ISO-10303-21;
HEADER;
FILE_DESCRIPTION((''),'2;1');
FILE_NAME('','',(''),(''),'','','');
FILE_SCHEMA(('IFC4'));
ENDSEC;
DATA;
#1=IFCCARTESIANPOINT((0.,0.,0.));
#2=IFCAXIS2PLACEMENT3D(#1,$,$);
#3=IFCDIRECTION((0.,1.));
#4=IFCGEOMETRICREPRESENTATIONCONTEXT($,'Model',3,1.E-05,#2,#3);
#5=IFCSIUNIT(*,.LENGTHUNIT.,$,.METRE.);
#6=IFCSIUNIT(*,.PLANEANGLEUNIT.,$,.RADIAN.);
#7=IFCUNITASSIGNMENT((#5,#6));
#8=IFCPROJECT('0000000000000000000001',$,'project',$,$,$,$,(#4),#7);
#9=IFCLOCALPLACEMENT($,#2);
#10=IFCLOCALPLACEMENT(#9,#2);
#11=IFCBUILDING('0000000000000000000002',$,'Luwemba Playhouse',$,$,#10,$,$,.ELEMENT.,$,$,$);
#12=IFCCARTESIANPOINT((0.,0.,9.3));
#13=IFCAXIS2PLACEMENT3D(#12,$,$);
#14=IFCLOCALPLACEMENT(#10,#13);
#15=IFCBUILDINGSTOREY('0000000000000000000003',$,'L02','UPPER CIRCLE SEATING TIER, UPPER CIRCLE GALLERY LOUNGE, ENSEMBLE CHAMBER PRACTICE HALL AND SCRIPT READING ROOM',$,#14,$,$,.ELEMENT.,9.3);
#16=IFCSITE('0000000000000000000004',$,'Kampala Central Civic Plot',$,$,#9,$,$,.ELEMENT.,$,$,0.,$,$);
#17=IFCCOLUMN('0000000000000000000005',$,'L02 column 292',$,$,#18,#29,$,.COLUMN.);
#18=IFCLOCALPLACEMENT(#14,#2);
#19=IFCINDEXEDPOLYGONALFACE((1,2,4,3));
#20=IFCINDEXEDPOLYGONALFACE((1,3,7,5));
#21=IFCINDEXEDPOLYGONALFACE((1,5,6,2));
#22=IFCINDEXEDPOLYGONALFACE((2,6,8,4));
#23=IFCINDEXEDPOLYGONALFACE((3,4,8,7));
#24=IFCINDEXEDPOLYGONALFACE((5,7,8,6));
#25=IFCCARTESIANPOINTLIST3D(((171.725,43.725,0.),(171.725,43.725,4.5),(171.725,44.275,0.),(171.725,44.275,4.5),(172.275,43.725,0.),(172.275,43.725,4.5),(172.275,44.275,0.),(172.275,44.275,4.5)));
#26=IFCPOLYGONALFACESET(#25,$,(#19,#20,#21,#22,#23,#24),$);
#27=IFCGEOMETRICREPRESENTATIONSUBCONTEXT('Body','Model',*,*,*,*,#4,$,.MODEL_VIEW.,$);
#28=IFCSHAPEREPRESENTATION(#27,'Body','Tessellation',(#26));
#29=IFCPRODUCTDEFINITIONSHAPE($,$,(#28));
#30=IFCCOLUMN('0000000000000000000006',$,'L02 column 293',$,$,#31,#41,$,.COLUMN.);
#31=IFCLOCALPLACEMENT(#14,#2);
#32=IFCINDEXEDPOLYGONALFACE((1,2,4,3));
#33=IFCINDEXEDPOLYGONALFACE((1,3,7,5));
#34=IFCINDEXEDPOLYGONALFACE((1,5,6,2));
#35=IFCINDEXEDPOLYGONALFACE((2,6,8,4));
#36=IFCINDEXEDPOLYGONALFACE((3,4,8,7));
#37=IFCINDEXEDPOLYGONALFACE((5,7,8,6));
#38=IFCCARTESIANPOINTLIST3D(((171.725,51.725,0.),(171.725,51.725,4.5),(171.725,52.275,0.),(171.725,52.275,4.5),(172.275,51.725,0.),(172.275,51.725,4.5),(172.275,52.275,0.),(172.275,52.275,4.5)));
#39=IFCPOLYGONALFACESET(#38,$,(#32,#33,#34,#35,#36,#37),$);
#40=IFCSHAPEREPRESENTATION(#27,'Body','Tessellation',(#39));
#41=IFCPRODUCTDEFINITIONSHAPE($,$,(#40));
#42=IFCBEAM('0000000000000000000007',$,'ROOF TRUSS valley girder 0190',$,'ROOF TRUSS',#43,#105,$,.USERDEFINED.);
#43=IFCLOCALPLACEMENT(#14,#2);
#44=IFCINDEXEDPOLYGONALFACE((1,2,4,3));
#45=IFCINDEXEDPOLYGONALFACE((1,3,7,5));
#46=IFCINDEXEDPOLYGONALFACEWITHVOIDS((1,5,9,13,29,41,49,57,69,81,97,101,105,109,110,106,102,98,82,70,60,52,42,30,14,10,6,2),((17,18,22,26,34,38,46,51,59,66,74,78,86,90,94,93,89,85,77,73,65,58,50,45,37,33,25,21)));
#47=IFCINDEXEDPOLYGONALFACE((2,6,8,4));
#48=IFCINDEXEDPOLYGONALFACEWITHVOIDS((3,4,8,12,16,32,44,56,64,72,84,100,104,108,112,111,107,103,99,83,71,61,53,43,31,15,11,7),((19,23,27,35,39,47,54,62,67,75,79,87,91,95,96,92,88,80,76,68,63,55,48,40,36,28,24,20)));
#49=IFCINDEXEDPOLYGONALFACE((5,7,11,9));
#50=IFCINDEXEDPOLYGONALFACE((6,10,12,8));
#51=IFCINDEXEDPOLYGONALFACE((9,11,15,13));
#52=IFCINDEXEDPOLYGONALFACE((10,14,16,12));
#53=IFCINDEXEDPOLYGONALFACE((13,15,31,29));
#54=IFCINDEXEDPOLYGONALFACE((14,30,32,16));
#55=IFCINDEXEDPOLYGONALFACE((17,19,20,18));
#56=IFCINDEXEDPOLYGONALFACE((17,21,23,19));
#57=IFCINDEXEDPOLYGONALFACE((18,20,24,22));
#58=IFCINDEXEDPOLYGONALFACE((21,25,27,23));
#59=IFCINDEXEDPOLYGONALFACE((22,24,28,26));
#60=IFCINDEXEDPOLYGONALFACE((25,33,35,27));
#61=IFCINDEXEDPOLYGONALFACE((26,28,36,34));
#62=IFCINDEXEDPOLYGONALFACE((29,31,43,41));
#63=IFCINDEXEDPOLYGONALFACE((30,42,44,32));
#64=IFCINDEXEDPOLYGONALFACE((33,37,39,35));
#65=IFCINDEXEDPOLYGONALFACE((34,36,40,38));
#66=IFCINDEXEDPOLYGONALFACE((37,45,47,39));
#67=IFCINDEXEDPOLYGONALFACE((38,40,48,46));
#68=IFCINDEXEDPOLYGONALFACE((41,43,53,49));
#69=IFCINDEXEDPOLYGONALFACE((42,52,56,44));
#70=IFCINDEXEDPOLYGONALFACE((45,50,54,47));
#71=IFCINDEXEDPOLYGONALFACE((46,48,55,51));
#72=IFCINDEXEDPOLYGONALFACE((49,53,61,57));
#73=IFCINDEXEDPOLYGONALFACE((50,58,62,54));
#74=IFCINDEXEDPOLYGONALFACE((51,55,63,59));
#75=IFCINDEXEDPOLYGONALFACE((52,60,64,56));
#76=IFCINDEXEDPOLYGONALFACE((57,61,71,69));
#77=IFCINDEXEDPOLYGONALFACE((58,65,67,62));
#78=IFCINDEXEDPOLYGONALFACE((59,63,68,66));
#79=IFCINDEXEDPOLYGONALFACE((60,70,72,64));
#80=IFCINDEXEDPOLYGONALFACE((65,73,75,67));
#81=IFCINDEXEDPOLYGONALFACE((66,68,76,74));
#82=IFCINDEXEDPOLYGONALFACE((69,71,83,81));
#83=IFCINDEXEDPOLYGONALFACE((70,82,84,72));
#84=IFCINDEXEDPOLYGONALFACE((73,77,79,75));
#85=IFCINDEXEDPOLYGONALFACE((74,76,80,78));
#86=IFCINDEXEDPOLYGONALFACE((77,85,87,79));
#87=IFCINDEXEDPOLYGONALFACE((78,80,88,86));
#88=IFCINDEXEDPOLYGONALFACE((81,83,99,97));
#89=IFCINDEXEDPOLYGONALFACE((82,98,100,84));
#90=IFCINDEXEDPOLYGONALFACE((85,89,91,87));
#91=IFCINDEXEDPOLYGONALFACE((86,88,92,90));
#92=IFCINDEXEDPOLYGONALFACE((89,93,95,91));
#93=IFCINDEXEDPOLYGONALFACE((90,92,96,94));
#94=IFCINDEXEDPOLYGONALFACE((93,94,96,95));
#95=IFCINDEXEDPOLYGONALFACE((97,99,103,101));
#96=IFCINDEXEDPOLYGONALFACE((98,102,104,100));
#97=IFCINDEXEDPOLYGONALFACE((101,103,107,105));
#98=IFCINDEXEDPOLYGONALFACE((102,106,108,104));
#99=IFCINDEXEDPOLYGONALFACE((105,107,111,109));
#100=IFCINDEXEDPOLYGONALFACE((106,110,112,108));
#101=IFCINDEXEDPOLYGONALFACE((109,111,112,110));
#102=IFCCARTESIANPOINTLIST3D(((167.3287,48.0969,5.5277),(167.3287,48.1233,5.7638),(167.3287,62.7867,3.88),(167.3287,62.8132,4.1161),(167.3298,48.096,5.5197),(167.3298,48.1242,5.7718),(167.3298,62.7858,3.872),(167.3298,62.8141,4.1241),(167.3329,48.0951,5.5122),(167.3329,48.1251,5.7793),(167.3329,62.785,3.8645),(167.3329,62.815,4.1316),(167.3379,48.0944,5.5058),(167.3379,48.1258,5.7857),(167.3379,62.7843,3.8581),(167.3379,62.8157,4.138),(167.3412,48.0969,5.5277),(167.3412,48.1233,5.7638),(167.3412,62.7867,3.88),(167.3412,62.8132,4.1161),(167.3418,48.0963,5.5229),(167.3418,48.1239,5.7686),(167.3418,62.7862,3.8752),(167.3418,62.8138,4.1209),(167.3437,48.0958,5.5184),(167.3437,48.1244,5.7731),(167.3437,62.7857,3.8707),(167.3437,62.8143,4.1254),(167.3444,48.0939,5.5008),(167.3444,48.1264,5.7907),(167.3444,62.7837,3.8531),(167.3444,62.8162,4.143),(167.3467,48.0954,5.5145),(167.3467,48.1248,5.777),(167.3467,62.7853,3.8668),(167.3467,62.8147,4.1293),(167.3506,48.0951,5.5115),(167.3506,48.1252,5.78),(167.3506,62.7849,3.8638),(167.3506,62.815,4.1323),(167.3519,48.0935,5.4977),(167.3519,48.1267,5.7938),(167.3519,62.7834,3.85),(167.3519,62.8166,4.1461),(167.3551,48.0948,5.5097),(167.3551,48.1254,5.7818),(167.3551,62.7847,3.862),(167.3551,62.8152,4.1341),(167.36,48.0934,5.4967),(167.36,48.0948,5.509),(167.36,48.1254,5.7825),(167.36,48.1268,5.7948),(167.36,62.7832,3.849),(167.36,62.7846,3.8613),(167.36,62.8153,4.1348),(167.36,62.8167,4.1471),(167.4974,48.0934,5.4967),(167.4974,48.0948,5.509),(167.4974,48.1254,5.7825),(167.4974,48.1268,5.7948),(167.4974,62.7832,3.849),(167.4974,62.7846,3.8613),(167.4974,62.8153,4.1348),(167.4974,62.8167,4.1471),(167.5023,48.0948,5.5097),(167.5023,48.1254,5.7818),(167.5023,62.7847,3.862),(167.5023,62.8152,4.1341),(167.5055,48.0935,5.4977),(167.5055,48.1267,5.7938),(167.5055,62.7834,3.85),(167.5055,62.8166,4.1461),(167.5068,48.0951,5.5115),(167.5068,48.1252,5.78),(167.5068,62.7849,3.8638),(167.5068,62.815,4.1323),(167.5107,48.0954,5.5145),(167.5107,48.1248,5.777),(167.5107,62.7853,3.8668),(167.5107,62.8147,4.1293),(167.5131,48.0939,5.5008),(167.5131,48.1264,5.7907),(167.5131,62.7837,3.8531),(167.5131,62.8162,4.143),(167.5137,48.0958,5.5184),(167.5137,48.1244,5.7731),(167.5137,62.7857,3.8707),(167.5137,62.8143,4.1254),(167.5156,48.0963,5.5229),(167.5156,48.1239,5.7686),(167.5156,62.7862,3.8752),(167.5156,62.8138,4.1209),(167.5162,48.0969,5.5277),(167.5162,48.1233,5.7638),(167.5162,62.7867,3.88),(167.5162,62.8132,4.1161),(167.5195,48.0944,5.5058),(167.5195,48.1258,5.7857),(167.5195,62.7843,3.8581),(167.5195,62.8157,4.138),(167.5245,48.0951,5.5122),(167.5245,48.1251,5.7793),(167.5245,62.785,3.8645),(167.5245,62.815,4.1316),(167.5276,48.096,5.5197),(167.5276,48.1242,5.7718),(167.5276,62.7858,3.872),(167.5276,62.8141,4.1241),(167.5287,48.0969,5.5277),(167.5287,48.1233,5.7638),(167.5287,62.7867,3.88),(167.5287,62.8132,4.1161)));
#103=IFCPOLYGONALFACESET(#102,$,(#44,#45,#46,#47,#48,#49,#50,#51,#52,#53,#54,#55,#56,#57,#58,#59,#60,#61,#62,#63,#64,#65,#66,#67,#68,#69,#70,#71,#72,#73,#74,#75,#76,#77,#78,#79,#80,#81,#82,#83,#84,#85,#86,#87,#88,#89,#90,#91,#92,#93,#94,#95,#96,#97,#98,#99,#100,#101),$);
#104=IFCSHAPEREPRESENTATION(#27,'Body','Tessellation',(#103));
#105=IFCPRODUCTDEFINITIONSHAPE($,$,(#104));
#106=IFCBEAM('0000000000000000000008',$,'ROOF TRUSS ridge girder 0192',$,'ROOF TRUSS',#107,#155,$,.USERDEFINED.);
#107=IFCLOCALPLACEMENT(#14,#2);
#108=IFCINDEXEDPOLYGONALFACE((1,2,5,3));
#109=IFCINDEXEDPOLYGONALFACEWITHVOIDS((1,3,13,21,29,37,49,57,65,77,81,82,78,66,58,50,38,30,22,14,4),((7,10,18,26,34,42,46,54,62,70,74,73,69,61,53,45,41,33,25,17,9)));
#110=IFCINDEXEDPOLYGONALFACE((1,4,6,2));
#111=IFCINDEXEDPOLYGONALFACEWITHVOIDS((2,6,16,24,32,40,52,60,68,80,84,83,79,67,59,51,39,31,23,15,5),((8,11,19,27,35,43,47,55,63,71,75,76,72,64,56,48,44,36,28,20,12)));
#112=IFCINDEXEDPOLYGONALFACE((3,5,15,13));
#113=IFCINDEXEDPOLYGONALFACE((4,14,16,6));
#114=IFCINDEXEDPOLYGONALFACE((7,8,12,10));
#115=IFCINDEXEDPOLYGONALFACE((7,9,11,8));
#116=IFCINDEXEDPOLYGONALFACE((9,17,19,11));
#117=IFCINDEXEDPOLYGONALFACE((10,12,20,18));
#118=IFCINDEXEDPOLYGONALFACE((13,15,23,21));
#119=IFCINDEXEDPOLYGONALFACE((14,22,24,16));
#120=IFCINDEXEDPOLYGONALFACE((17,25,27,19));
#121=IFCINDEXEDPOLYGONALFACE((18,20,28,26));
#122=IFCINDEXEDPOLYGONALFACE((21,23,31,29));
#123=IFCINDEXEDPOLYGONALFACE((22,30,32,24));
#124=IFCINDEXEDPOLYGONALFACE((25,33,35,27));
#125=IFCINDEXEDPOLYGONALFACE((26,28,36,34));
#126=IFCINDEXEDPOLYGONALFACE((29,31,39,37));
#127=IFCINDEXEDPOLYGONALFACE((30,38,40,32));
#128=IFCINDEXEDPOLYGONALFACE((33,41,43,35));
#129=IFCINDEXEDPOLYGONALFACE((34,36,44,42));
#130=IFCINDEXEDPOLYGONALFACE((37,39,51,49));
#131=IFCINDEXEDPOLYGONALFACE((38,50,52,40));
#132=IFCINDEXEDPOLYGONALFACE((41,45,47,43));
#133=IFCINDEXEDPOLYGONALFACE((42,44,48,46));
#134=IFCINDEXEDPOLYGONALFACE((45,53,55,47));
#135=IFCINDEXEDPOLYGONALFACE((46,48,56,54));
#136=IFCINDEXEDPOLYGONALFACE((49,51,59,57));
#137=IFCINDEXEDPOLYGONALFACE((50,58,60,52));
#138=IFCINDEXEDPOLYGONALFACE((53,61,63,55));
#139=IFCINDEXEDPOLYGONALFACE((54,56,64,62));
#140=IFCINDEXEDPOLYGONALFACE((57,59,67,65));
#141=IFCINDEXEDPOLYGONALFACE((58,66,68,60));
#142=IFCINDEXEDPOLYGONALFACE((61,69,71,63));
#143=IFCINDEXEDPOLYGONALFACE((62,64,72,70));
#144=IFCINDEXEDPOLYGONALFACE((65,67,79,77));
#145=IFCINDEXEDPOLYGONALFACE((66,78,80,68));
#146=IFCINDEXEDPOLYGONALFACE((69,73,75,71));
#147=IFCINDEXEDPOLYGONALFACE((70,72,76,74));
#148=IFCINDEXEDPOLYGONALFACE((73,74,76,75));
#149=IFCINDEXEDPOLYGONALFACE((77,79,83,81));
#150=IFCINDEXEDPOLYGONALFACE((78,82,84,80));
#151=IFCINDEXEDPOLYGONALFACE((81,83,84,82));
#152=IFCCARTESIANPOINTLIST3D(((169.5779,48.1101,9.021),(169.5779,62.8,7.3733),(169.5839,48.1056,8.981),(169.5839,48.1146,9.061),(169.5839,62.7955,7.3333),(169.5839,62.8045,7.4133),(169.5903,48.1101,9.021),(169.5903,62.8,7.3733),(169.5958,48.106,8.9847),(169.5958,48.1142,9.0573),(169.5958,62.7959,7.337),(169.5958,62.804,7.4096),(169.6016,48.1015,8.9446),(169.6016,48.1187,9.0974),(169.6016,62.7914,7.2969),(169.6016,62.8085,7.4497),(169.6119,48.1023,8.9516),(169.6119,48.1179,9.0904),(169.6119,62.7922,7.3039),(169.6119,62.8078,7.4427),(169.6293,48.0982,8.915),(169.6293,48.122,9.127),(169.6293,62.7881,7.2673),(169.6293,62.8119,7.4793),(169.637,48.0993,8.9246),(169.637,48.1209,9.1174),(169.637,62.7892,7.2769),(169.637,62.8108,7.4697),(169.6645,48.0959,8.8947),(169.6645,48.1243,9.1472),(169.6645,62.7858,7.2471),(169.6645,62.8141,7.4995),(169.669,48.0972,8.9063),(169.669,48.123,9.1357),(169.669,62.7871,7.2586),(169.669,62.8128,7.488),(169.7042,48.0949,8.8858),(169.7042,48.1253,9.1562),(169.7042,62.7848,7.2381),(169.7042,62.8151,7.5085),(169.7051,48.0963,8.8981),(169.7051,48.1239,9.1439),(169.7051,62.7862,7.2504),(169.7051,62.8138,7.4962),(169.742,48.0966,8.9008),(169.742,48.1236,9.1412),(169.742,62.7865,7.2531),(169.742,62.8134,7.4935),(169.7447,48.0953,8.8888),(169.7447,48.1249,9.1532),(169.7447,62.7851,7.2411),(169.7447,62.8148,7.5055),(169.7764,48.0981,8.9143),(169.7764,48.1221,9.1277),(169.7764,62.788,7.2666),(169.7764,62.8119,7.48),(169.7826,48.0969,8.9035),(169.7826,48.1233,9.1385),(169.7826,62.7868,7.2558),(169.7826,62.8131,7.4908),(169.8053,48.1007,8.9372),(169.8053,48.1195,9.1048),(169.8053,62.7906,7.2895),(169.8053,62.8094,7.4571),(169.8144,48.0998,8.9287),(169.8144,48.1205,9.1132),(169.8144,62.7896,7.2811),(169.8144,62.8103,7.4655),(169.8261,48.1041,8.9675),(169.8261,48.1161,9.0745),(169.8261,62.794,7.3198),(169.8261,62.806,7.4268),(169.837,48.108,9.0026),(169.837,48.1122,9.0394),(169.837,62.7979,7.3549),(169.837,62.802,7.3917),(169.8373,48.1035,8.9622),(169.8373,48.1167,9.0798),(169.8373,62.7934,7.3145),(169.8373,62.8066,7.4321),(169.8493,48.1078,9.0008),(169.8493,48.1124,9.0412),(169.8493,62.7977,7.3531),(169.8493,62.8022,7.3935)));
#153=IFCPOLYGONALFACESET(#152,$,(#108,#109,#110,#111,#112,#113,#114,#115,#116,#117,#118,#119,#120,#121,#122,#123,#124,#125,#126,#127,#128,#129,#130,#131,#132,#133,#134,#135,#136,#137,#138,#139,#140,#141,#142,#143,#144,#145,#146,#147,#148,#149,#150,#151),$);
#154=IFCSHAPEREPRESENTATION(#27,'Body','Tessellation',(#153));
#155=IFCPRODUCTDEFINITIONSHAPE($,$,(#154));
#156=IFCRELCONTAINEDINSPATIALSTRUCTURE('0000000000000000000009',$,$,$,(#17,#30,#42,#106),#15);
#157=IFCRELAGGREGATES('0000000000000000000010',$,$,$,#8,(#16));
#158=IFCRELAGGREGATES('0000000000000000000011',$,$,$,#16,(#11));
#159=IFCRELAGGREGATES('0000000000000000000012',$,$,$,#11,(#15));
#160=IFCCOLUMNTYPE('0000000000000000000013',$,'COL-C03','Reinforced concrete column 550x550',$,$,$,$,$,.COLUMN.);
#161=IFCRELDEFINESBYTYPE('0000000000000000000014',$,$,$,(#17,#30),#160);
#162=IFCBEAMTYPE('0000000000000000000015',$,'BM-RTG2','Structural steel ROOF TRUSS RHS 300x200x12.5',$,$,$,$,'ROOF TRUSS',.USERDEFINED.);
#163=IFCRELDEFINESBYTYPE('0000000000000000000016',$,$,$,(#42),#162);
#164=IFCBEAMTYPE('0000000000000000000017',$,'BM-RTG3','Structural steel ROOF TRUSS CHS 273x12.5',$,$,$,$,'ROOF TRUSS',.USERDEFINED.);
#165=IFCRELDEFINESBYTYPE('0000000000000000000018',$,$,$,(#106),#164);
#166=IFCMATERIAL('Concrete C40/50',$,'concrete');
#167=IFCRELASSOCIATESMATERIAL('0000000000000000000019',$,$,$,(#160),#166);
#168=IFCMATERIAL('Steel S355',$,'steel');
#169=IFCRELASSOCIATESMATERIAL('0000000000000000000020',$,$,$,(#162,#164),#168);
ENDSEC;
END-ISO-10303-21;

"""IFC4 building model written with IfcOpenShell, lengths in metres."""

from ifc_helpers import new_model, si_unit, direction, frame, origin, origin_2d, place, context, subcontext, project, spatial, rectangle, hollow_rectangle, hollow_circle, extrude, material, material_profile, profile_set, type_object, element, save


model = new_model("IFC4")

# Units and contexts
model_context = context("Model", 3, precision=1e-05, world=origin(), true_north=direction((0.0, 1.0)))
body_context = subcontext(model_context, "Body", "Model", "MODEL_VIEW")
ifc_project = project(units=[si_unit("LENGTHUNIT", "METRE"), si_unit("PLANEANGLEUNIT", "RADIAN")], contexts=[model_context])

# Site, building, storey
site_placement = place(None, origin())
site = spatial("IfcSite", under=ifc_project, at=site_placement, Name="Kampala Central Civic Plot", CompositionType="ELEMENT", RefElevation=0.0)
building_placement = place(site_placement, origin())
building = spatial("IfcBuilding", under=site, at=building_placement, Name="Luwemba Playhouse", CompositionType="ELEMENT")
storey_placement = place(building_placement, frame((0.0, 0.0, 9.3)))
storey = spatial("IfcBuildingStorey", under=building, at=storey_placement, Name="L02", Description="UPPER CIRCLE SEATING TIER, UPPER CIRCLE GALLERY LOUNGE, ENSEMBLE CHAMBER PRACTICE HALL AND SCRIPT READING ROOM", CompositionType="ELEMENT", Elevation=9.3)

# Columns
ifc_material_1 = material(Name="Concrete C40/50", Category="concrete")
ifc_material_profile_1 = material_profile(ifc_material_1, rectangle(XDim=0.55, YDim=0.55, at=origin_2d()))
ifc_profile_set_1 = profile_set([ifc_material_profile_1], Name="Concrete C40/50")
column_type = type_object("IfcColumnType", Name="COL-C03", Description="Reinforced concrete column 550x550", PredefinedType="COLUMN", material=ifc_profile_set_1)
for number, where, z_axis, x_axis, name in (
    (1, (172.0, 44.0, 0.0), (0.0, 0.0, 1.0), (1.0, 0.0, 0.0), "L02 column 292"),
    (2, (172.0, 52.0, 0.0), (0.0, 0.0, 1.0), (1.0, 0.0, 0.0), "L02 column 293"),
):
    element("IfcColumn", number, at=place(storey_placement, frame(where, z_axis=z_axis, x_axis=x_axis)), inside=storey, type_object=column_type, Name=name, PredefinedType="COLUMN", context=body_context, shape_type="SweptSolid", body=[
        extrude(rectangle(XDim=0.55, YDim=0.55, at=origin_2d()), origin(), (0.0, 0.0, 1.0), 4.5),
    ])

# Beams
ifc_material_2 = material(Name="Steel S355", Category="steel")
ifc_material_profile_2 = material_profile(ifc_material_2, hollow_rectangle(XDim=0.2, YDim=0.3, WallThickness=0.0125, InnerFilletRadius=0.0188, OuterFilletRadius=0.0312, at=origin_2d()))
ifc_profile_set_2 = profile_set([ifc_material_profile_2], Name="Steel S355")
beam_type_1 = type_object("IfcBeamType", Name="BM-RTG2", Description="Structural steel ROOF TRUSS RHS 300x200x12.5", ElementType="ROOF TRUSS", PredefinedType="USERDEFINED", material=ifc_profile_set_2)
beam_1_placement = place(storey_placement, frame((167.4287, 48.1101, 5.6458), z_axis=(0.0, 0.993768, -0.111467), x_axis=(-1.0, 0.0, 0.0)))
element("IfcBeam", 3, at=beam_1_placement, inside=storey, type_object=beam_type_1, Name="ROOF TRUSS valley girder 0190", ObjectType="ROOF TRUSS", PredefinedType="USERDEFINED", context=body_context, shape_type="SweptSolid", body=[
    extrude(hollow_rectangle(XDim=0.2, YDim=0.3, WallThickness=0.0125, InnerFilletRadius=0.0188, OuterFilletRadius=0.0312, at=origin_2d()), origin(), (0.0, 0.0, 1.0), 14.782),
])
ifc_material_profile_3 = material_profile(ifc_material_2, hollow_circle(Radius=0.1365, WallThickness=0.0125, at=origin_2d()))
ifc_profile_set_3 = profile_set([ifc_material_profile_3], Name="Steel S355")
beam_type_2 = type_object("IfcBeamType", Name="BM-RTG3", Description="Structural steel ROOF TRUSS CHS 273x12.5", ElementType="ROOF TRUSS", PredefinedType="USERDEFINED", material=ifc_profile_set_3)
beam_2_placement = place(storey_placement, frame((169.7144, 48.1101, 9.021), z_axis=(0.0, 0.993768, -0.111467), x_axis=(-1.0, 0.0, 0.0)))
element("IfcBeam", 4, at=beam_2_placement, inside=storey, type_object=beam_type_2, Name="ROOF TRUSS ridge girder 0192", ObjectType="ROOF TRUSS", PredefinedType="USERDEFINED", context=body_context, shape_type="SweptSolid", body=[
    extrude(hollow_circle(Radius=0.1365, WallThickness=0.0125, at=origin_2d()), origin(), (0.0, 0.0, 1.0), 14.782),
])

save(model, "model.ifc")
